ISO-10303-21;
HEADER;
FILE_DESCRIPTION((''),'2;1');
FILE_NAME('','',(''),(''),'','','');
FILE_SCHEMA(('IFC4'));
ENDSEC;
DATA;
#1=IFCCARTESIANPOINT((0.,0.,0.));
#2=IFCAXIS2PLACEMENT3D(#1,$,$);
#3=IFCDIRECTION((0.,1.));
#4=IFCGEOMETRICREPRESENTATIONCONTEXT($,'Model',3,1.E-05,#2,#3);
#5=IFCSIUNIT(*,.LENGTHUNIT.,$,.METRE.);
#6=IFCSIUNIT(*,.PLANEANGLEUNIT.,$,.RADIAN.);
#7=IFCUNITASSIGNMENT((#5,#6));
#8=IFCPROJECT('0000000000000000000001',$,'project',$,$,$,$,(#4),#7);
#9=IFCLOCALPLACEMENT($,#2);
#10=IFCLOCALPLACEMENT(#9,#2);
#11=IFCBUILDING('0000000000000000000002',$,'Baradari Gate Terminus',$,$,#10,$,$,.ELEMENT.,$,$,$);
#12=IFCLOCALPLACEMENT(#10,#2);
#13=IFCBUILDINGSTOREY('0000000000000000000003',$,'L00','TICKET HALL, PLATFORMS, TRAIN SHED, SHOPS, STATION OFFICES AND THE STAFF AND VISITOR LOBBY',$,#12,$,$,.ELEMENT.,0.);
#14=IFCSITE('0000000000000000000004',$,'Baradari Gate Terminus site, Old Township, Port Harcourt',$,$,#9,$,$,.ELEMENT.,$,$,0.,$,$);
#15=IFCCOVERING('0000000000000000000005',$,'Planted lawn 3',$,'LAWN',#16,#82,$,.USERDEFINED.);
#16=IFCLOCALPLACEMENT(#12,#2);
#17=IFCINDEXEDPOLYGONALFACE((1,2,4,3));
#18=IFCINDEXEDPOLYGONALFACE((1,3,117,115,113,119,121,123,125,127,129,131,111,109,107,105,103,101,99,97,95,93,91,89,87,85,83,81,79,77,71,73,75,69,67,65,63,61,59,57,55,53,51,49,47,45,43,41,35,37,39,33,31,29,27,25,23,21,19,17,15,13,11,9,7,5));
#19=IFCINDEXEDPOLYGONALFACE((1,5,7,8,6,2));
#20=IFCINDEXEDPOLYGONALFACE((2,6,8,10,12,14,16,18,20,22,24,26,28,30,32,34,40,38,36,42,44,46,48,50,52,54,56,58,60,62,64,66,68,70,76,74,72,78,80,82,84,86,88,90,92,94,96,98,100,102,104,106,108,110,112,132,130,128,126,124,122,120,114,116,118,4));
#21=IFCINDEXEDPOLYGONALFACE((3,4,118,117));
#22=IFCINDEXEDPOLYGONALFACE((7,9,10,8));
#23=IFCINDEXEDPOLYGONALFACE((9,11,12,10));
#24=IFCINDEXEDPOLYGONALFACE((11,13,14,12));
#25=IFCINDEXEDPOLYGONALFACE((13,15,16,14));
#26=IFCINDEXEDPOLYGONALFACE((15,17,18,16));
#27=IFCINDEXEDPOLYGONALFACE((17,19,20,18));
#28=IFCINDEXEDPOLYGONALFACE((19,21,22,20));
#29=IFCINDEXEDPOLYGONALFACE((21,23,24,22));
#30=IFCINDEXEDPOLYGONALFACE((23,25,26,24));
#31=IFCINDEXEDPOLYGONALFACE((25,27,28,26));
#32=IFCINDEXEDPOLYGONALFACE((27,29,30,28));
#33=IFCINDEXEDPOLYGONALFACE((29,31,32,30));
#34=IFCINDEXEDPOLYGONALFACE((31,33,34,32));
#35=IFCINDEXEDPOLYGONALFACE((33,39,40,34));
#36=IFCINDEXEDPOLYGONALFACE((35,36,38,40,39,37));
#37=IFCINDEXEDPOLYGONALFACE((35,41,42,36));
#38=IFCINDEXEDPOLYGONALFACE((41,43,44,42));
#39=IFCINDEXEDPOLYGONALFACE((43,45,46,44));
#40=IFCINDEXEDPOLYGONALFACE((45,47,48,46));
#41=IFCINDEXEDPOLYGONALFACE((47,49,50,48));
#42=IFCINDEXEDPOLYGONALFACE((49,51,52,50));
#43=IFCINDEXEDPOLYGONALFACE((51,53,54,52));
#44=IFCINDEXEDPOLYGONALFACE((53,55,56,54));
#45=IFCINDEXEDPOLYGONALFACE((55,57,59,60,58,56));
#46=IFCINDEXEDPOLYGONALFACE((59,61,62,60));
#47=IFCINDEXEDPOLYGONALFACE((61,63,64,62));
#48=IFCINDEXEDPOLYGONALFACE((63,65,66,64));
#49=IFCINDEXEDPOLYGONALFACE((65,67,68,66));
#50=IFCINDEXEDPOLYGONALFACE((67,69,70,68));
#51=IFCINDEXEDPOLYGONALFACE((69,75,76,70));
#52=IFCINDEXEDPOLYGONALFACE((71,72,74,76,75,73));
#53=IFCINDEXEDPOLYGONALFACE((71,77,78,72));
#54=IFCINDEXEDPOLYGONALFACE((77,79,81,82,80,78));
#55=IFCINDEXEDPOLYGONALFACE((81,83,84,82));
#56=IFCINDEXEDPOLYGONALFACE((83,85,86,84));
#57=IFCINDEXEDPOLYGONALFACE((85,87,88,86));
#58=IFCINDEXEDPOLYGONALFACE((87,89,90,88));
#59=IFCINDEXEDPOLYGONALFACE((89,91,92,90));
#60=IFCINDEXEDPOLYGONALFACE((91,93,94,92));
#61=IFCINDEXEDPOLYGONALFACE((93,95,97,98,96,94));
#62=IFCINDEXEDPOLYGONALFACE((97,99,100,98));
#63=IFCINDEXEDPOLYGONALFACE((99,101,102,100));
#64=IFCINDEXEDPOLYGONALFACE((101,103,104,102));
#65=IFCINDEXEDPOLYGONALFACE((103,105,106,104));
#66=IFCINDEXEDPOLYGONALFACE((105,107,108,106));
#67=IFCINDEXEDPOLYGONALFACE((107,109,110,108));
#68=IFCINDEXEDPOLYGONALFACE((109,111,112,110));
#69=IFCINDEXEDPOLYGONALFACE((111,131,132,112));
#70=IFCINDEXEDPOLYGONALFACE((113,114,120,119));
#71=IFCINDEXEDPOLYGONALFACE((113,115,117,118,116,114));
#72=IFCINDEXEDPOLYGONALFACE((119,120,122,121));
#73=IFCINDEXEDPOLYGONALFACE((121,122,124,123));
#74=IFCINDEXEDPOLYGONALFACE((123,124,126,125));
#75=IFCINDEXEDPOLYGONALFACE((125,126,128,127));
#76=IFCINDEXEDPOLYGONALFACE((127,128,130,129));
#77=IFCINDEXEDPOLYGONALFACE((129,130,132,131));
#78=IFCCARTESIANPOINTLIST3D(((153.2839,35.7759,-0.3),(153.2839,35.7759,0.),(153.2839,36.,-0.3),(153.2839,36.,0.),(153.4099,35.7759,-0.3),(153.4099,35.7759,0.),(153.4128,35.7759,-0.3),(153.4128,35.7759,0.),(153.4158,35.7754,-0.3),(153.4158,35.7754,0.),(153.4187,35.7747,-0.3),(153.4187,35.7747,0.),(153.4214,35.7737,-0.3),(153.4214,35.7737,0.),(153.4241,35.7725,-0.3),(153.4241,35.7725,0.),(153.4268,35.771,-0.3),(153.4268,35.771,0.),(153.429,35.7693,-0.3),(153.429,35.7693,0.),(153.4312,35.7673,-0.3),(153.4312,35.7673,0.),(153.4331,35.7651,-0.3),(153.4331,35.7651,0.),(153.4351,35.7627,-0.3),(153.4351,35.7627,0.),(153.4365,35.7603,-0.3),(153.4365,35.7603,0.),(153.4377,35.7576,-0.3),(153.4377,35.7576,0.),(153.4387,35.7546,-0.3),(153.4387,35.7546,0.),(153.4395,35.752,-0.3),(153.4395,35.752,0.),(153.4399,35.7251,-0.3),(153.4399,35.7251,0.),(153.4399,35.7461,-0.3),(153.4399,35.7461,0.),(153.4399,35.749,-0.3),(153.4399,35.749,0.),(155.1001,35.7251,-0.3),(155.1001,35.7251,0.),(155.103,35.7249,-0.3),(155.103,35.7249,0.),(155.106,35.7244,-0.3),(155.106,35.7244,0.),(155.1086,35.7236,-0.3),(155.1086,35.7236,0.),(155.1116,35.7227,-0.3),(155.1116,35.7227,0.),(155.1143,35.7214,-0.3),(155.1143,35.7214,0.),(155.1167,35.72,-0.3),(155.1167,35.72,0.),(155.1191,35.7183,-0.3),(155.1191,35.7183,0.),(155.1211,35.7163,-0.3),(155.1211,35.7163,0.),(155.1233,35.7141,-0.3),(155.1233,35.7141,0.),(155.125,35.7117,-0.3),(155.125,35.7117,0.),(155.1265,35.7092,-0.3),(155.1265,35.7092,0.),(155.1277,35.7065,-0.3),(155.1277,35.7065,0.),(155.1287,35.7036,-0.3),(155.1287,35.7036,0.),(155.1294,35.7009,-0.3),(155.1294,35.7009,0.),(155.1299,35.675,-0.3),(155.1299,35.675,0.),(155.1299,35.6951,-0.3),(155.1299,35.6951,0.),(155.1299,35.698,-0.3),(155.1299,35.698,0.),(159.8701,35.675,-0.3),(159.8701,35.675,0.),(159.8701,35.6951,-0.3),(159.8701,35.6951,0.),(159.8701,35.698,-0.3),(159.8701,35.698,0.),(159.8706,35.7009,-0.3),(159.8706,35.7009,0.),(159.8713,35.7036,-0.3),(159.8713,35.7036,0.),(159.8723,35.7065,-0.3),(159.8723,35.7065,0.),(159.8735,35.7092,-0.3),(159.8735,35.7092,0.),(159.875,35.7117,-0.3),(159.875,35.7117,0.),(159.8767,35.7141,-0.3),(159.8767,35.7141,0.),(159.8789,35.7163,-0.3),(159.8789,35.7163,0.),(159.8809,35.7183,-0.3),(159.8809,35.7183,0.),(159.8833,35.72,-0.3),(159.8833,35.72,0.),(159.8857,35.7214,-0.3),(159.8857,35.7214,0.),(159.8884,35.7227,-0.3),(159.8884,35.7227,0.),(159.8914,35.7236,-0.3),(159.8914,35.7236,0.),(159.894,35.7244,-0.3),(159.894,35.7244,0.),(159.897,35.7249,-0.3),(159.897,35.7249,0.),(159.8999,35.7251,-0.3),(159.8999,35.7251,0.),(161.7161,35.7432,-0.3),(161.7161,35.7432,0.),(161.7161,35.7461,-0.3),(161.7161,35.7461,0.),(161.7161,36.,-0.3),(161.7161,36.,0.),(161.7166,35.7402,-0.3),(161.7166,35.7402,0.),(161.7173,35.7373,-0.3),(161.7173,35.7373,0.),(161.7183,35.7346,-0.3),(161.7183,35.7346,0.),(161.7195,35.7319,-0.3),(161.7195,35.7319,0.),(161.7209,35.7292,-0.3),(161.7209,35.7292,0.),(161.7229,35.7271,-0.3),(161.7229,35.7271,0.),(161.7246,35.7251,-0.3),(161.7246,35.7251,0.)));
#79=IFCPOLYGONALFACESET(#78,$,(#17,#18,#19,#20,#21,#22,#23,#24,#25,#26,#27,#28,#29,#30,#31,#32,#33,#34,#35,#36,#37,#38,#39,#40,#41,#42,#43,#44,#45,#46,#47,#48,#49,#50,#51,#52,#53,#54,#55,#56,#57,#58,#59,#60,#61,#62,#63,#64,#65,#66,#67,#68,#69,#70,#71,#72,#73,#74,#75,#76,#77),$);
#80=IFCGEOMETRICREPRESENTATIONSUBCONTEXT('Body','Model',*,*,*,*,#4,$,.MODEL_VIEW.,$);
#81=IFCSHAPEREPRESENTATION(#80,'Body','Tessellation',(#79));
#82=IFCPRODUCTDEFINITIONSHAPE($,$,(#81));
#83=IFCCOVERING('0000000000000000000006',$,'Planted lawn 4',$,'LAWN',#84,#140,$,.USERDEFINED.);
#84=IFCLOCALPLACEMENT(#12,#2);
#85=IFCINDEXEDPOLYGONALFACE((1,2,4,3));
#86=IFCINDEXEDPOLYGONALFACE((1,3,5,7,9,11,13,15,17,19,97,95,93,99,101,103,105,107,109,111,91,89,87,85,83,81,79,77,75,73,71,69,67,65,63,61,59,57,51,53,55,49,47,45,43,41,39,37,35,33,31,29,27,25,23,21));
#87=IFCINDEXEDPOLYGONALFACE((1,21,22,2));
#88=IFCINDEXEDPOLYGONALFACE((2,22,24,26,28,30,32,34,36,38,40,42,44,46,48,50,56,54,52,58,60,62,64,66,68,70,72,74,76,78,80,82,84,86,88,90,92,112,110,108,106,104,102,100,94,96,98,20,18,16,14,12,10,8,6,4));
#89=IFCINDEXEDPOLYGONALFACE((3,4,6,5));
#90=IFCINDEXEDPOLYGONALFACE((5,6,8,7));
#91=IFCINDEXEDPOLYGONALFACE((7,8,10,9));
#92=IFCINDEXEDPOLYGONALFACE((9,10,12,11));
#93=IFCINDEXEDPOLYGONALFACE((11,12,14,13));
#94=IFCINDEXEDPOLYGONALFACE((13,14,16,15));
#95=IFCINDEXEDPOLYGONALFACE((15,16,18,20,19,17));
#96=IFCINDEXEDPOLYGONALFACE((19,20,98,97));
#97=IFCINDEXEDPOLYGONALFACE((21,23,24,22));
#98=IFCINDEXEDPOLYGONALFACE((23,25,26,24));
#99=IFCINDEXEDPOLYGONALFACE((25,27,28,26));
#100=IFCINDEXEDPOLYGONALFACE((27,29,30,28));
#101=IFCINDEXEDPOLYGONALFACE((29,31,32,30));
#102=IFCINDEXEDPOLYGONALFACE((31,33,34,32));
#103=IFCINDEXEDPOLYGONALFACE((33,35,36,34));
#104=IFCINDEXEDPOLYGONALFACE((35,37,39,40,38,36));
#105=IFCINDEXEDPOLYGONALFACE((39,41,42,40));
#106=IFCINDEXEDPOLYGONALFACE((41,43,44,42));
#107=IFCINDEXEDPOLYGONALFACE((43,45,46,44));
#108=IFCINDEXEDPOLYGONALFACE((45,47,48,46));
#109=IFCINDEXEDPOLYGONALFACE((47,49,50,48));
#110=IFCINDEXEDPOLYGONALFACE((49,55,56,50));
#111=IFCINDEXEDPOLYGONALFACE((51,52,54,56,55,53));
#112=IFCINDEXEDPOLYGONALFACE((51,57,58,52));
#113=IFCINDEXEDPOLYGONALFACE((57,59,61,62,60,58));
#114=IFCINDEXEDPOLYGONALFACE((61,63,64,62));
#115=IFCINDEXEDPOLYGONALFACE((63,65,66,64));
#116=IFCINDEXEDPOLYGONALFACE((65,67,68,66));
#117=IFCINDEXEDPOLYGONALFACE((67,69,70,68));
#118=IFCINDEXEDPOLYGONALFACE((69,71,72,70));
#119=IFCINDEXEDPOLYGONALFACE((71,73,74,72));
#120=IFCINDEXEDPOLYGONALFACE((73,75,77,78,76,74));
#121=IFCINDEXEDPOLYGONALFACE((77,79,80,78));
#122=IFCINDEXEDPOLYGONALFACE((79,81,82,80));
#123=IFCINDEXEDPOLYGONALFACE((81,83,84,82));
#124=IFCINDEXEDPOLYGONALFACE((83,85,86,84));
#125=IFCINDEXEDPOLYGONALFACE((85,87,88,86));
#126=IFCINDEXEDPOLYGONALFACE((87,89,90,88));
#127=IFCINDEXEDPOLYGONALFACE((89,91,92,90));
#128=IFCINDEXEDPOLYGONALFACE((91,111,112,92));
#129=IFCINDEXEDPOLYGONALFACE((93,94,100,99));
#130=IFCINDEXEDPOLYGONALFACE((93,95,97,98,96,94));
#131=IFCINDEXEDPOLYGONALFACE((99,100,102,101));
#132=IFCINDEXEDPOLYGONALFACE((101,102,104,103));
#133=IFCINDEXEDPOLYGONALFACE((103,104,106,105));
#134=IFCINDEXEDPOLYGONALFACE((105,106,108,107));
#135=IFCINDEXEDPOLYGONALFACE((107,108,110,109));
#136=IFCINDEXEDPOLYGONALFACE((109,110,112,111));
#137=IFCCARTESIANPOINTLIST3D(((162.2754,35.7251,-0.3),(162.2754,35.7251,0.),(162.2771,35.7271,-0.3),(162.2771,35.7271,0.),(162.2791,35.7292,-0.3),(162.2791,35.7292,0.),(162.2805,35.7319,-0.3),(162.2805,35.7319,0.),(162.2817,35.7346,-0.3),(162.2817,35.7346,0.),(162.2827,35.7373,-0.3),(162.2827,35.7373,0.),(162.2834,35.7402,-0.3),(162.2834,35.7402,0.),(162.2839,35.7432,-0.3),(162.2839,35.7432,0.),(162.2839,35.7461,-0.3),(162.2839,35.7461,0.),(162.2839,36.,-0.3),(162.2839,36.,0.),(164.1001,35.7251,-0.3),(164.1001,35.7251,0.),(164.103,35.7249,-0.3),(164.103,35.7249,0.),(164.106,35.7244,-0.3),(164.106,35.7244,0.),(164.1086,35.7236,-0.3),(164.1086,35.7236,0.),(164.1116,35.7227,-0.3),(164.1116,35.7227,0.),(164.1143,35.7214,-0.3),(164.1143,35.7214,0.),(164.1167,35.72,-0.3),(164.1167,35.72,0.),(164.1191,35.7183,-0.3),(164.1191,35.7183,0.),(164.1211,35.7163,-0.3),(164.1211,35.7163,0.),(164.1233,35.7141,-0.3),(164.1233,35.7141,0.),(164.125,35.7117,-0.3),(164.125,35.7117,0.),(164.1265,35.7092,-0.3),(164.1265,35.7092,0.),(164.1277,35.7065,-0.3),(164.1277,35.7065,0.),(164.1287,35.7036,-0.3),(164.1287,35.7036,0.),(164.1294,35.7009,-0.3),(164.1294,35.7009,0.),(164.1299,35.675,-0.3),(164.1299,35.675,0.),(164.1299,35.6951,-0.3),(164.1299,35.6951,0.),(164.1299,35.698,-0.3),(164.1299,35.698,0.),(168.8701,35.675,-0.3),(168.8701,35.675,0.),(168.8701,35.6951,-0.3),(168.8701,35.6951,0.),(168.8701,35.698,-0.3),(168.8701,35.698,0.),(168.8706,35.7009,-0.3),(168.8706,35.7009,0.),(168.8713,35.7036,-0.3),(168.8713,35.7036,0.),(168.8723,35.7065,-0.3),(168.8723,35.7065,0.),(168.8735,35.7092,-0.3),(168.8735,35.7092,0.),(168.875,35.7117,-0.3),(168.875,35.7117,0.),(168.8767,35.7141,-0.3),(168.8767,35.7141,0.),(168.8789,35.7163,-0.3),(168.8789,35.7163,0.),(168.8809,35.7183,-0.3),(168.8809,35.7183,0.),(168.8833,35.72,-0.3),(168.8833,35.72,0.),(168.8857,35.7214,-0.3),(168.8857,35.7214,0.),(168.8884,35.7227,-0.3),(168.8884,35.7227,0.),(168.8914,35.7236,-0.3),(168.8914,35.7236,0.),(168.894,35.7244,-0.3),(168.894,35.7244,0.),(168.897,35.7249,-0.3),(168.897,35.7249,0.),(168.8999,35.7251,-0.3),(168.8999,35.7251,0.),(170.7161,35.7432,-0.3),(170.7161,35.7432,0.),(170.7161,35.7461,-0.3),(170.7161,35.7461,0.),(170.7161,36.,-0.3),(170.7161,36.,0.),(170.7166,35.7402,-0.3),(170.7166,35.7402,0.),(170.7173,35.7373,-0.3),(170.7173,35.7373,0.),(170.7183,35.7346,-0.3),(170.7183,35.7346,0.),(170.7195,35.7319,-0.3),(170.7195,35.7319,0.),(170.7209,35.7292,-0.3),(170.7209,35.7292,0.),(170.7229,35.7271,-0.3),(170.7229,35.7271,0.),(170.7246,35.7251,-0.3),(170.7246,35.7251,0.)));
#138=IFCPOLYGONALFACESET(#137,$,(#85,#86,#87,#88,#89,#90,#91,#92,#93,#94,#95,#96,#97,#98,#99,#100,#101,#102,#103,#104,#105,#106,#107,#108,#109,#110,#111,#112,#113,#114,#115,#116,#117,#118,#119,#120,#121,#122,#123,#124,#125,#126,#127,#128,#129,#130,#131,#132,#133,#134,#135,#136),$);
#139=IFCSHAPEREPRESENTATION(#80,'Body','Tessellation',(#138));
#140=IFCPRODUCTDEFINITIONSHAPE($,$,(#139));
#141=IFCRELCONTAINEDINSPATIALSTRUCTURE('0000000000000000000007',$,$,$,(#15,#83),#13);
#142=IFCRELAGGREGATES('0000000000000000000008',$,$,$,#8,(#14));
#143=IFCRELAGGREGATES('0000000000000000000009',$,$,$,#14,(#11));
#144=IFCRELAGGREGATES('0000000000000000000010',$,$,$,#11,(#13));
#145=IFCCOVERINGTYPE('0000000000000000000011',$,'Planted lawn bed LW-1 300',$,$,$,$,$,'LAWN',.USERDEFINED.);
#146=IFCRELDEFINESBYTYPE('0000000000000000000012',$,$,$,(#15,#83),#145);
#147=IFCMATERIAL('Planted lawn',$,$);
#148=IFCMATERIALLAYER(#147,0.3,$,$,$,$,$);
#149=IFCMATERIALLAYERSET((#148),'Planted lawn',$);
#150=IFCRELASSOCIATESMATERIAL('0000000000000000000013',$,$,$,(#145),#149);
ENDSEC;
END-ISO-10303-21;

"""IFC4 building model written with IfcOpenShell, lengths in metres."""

from ifc_helpers import new_model, si_unit, direction, frame, origin, place, context, subcontext, project, spatial, polyline, outline, extrude, material, layer, layer_set, type_object, element, save


model = new_model("IFC4")

# Units and contexts
model_context = context("Model", 3, precision=1e-05, world=origin(), true_north=direction((0.0, 1.0)))
body_context = subcontext(model_context, "Body", "Model", "MODEL_VIEW")
ifc_project = project(units=[si_unit("LENGTHUNIT", "METRE"), si_unit("PLANEANGLEUNIT", "RADIAN")], contexts=[model_context])

# Site, building, storey
site_placement = place(None, origin())
site = spatial("IfcSite", under=ifc_project, at=site_placement, Name="Baradari Gate Terminus site, Old Township, Port Harcourt", CompositionType="ELEMENT", RefElevation=0.0)
building_placement = place(site_placement, origin())
building = spatial("IfcBuilding", under=site, at=building_placement, Name="Baradari Gate Terminus", CompositionType="ELEMENT")
storey_placement = place(building_placement, origin())
storey = spatial("IfcBuildingStorey", under=building, at=storey_placement, Name="L00", Description="TICKET HALL, PLATFORMS, TRAIN SHED, SHOPS, STATION OFFICES AND THE STAFF AND VISITOR LOBBY", CompositionType="ELEMENT", Elevation=0.0)

# Coverings
ifc_material_1 = material(Name="Planted lawn")
ifc_layer_1 = layer(ifc_material_1, 0.3)
ifc_layer_set_1 = layer_set([ifc_layer_1], Name="Planted lawn")
covering_type_1 = type_object("IfcCoveringType", Name="Planted lawn bed LW-1 300", ElementType="LAWN", PredefinedType="USERDEFINED", material=ifc_layer_set_1)
covering_1_placement = place(storey_placement, frame((0.0, 0.0, -0.3)))
element("IfcCovering", 1, at=covering_1_placement, inside=storey, type_object=covering_type_1, Name="Planted lawn 3", ObjectType="LAWN", PredefinedType="USERDEFINED", context=body_context, shape_type="SweptSolid", body=[
    extrude(outline(polyline([(153.4241, 35.7725), (153.4268, 35.771), (153.429, 35.7693), (153.4312, 35.7673), (153.4331, 35.7651), (153.4351, 35.7627), (153.4365, 35.7603), (153.4377, 35.7576), (153.4387, 35.7546), (153.4395, 35.752), (153.4399, 35.749), (153.4399, 35.7461), (153.4399, 35.7251), (155.1001, 35.7251), (155.103, 35.7249), (155.106, 35.7244), (155.1086, 35.7236), (155.1116, 35.7227), (155.1143, 35.7214), (155.1167, 35.72), (155.1191, 35.7183), (155.1211, 35.7163), (155.1233, 35.7141), (155.125, 35.7117), (155.1265, 35.7092), (155.1277, 35.7065), (155.1287, 35.7036), (155.1294, 35.7009), (155.1299, 35.698), (155.1299, 35.6951), (155.1299, 35.675), (159.8701, 35.675), (159.8701, 35.6951), (159.8701, 35.698), (159.8706, 35.7009), (159.8713, 35.7036), (159.8723, 35.7065), (159.8735, 35.7092), (159.875, 35.7117), (159.8767, 35.7141), (159.8789, 35.7163), (159.8809, 35.7183), (159.8833, 35.72), (159.8857, 35.7214), (159.8884, 35.7227), (159.8914, 35.7236), (159.894, 35.7244), (159.897, 35.7249), (159.8999, 35.7251), (161.7246, 35.7251), (161.7229, 35.7271), (161.7209, 35.7292), (161.7195, 35.7319), (161.7183, 35.7346), (161.7173, 35.7373), (161.7166, 35.7402), (161.7161, 35.7432), (161.7161, 35.7461), (161.7161, 36.0), (153.2839, 36.0), (153.2839, 35.7759), (153.4099, 35.7759), (153.4128, 35.7759), (153.4158, 35.7754), (153.4187, 35.7747), (153.4214, 35.7737), (153.4241, 35.7725)])), origin(), (0.0, 0.0, 1.0), 0.3),
])
covering_2_placement = place(storey_placement, frame((0.0, 0.0, -0.3)))
element("IfcCovering", 2, at=covering_2_placement, inside=storey, type_object=covering_type_1, Name="Planted lawn 4", ObjectType="LAWN", PredefinedType="USERDEFINED", context=body_context, shape_type="SweptSolid", body=[
    extrude(outline(polyline([(162.2791, 35.7292), (162.2771, 35.7271), (162.2754, 35.7251), (164.1001, 35.7251), (164.103, 35.7249), (164.106, 35.7244), (164.1086, 35.7236), (164.1116, 35.7227), (164.1143, 35.7214), (164.1167, 35.72), (164.1191, 35.7183), (164.1211, 35.7163), (164.1233, 35.7141), (164.125, 35.7117), (164.1265, 35.7092), (164.1277, 35.7065), (164.1287, 35.7036), (164.1294, 35.7009), (164.1299, 35.698), (164.1299, 35.6951), (164.1299, 35.675), (168.8701, 35.675), (168.8701, 35.6951), (168.8701, 35.698), (168.8706, 35.7009), (168.8713, 35.7036), (168.8723, 35.7065), (168.8735, 35.7092), (168.875, 35.7117), (168.8767, 35.7141), (168.8789, 35.7163), (168.8809, 35.7183), (168.8833, 35.72), (168.8857, 35.7214), (168.8884, 35.7227), (168.8914, 35.7236), (168.894, 35.7244), (168.897, 35.7249), (168.8999, 35.7251), (170.7246, 35.7251), (170.7229, 35.7271), (170.7209, 35.7292), (170.7195, 35.7319), (170.7183, 35.7346), (170.7173, 35.7373), (170.7166, 35.7402), (170.7161, 35.7432), (170.7161, 35.7461), (170.7161, 36.0), (162.2839, 36.0), (162.2839, 35.7461), (162.2839, 35.7432), (162.2834, 35.7402), (162.2827, 35.7373), (162.2817, 35.7346), (162.2805, 35.7319), (162.2791, 35.7292)])), origin(), (0.0, 0.0, 1.0), 0.3),
])

save(model, "model.ifc")
